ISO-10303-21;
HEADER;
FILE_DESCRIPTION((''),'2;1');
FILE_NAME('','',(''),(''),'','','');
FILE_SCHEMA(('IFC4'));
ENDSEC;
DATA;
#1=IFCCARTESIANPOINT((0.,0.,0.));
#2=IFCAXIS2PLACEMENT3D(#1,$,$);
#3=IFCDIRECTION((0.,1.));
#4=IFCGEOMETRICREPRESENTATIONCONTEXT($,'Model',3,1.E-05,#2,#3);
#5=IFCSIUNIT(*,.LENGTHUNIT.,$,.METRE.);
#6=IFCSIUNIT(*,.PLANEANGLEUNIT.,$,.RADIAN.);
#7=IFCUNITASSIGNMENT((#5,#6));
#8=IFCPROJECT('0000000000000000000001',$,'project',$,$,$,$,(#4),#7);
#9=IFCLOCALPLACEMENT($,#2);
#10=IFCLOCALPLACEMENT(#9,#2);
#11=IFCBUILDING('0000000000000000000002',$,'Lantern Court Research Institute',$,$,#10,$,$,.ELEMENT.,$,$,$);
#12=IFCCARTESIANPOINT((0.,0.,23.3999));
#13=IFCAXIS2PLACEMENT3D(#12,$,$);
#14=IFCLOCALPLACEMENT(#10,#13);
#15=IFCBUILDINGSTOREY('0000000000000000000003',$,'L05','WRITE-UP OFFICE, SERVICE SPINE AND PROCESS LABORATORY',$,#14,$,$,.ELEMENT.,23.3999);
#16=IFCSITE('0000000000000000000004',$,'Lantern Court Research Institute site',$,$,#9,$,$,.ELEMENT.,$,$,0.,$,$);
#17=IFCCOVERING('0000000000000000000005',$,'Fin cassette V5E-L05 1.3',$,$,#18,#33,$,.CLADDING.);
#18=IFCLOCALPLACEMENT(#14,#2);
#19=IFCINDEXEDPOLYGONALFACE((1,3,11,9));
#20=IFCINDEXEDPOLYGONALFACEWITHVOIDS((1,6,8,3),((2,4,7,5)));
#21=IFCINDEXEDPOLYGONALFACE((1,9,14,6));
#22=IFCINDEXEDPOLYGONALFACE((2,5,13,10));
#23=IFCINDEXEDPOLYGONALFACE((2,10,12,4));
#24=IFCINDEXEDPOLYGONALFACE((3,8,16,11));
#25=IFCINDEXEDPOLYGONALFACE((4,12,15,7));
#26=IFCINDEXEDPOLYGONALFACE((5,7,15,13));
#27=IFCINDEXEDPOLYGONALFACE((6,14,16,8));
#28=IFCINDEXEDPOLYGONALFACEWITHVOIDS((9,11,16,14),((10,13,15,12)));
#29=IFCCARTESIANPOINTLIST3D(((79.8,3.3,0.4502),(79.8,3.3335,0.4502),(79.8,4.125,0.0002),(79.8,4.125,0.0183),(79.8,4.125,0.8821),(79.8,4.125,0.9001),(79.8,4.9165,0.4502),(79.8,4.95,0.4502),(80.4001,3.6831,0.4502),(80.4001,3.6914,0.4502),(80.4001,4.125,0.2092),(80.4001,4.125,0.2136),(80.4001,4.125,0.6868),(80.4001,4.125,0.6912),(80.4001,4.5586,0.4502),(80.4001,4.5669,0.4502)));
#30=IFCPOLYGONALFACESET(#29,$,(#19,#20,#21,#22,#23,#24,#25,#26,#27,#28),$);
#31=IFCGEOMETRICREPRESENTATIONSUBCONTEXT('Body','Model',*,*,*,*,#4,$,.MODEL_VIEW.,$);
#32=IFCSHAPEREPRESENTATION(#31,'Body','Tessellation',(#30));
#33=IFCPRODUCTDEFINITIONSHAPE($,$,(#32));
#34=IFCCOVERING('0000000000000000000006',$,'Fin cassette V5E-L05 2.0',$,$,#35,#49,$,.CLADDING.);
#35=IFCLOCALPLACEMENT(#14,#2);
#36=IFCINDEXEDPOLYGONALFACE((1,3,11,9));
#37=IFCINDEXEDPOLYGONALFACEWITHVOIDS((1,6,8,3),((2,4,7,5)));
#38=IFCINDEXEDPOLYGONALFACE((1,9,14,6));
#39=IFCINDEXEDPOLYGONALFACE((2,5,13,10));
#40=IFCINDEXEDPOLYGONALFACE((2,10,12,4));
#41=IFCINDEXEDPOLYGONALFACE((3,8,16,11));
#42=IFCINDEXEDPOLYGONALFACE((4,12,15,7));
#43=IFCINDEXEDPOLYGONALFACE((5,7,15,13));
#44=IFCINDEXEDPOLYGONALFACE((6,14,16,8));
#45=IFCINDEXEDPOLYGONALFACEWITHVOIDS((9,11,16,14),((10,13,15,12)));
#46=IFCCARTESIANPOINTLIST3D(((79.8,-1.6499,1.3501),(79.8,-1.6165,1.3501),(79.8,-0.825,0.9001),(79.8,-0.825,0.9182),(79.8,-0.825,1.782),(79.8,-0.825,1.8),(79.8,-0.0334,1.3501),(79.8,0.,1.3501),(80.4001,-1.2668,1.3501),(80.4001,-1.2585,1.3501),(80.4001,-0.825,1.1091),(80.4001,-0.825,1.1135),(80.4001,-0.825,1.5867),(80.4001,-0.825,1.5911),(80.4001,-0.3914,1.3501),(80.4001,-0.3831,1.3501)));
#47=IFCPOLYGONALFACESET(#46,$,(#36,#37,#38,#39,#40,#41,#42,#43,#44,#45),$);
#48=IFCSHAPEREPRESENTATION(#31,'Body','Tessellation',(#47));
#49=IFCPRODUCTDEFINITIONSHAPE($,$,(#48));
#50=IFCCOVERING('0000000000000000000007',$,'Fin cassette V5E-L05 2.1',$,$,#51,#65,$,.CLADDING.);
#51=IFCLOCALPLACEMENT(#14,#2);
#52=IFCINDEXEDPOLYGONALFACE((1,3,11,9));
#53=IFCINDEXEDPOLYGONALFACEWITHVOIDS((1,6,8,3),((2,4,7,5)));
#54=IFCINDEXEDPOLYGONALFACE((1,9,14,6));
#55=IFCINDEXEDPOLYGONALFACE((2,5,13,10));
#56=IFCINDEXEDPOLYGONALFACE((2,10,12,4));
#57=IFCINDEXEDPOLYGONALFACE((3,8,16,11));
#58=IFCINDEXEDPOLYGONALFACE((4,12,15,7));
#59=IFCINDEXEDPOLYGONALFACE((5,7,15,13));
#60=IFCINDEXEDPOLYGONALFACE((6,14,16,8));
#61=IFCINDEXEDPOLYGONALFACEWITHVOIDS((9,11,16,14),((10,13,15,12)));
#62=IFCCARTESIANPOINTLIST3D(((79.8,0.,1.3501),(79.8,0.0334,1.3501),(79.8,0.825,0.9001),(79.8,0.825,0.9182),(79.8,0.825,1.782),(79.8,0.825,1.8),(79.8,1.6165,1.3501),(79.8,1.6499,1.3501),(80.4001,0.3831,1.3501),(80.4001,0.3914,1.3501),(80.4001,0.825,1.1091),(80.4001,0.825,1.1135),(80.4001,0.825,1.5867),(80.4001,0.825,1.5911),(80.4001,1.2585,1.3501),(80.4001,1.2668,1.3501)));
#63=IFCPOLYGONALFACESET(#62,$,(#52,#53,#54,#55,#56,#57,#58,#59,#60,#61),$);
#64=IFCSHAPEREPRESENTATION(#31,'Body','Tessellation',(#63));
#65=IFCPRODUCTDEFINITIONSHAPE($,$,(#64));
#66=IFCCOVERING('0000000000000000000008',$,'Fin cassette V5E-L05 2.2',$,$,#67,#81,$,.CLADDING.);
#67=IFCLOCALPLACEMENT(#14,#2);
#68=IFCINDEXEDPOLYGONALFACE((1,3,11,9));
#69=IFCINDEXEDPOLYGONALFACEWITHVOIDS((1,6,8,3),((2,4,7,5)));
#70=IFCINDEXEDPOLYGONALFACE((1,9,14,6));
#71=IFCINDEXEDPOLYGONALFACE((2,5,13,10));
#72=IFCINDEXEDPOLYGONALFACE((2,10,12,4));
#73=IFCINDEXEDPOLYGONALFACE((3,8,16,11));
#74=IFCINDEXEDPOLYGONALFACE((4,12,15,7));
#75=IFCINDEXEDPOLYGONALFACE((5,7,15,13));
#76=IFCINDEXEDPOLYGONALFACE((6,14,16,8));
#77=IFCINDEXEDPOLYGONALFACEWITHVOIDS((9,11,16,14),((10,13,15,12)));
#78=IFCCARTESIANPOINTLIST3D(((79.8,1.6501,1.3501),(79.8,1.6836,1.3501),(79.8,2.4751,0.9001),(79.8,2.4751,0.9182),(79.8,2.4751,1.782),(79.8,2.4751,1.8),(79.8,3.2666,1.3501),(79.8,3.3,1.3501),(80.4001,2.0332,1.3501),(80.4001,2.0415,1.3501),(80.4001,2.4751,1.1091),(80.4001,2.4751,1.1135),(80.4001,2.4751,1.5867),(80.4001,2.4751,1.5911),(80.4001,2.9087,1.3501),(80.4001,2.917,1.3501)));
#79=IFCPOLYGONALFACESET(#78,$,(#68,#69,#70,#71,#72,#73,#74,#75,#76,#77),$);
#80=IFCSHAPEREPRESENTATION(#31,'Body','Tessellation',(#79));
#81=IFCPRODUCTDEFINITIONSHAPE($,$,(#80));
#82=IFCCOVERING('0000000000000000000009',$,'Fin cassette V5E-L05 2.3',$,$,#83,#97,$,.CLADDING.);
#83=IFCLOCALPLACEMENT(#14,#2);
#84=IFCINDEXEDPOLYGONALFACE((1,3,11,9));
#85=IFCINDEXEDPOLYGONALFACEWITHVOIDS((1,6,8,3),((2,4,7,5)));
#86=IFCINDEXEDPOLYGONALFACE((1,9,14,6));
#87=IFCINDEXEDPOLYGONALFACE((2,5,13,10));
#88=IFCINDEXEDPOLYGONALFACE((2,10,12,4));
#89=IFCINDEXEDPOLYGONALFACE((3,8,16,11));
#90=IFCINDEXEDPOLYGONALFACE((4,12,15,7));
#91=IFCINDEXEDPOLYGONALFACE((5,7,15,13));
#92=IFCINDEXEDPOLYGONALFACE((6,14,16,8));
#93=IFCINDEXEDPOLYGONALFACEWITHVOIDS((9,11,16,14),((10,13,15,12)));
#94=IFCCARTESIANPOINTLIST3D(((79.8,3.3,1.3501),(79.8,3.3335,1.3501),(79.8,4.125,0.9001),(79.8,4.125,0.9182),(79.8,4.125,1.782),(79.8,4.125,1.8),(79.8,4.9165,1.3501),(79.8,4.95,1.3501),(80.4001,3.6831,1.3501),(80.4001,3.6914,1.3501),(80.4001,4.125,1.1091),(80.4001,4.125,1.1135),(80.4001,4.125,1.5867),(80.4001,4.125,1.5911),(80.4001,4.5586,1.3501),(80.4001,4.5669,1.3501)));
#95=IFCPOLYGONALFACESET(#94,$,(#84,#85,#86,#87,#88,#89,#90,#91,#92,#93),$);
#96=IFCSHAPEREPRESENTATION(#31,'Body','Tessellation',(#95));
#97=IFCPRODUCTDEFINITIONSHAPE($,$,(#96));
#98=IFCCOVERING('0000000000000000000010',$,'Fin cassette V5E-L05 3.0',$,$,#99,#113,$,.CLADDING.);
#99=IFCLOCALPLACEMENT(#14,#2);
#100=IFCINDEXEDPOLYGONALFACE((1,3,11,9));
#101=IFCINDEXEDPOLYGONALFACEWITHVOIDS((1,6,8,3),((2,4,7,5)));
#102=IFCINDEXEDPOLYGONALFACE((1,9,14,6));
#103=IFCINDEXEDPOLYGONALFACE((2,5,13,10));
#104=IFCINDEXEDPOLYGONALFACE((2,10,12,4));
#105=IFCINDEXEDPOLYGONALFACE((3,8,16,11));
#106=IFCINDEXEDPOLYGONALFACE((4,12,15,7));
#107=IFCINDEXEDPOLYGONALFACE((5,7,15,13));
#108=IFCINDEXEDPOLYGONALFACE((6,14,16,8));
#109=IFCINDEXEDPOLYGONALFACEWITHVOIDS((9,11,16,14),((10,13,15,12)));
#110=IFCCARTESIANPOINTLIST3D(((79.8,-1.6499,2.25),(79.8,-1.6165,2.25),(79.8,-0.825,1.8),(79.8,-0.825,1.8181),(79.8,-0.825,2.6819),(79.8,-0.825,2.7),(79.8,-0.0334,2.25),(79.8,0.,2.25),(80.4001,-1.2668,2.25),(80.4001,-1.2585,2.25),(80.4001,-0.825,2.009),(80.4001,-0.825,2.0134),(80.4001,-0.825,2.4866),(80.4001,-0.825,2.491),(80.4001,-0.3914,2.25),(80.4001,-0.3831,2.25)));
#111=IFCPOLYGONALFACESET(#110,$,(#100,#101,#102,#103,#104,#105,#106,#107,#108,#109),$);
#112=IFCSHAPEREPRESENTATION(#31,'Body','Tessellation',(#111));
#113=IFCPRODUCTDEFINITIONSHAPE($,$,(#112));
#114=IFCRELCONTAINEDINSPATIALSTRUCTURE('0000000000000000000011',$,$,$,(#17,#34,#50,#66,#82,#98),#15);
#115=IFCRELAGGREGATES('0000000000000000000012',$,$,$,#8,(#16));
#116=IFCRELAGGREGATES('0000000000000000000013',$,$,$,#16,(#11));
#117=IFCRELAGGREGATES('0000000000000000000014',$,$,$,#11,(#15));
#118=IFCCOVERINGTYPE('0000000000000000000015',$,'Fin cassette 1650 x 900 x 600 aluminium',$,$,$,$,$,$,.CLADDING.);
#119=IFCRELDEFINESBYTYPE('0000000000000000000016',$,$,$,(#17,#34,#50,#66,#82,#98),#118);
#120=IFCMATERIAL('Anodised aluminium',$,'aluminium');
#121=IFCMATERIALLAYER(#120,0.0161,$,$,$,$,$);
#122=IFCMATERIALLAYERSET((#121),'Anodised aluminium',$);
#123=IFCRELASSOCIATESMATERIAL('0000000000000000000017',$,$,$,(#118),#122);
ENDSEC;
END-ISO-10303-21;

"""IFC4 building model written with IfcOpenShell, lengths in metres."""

from ifc_helpers import new_model, entity, si_unit, direction, frame, origin, place, context, subcontext, project, spatial, material, layer, layer_set, type_object, element, save


model = new_model("IFC4")

# Units and contexts
model_context = context("Model", 3, precision=1e-05, world=origin(), true_north=direction((0.0, 1.0)))
body_context = subcontext(model_context, "Body", "Model", "MODEL_VIEW")
ifc_project = project(units=[si_unit("LENGTHUNIT", "METRE"), si_unit("PLANEANGLEUNIT", "RADIAN")], contexts=[model_context])

# Site, building, storey
site_placement = place(None, origin())
site = spatial("IfcSite", under=ifc_project, at=site_placement, Name="Lantern Court Research Institute site", CompositionType="ELEMENT", RefElevation=0.0)
building_placement = place(site_placement, origin())
building = spatial("IfcBuilding", under=site, at=building_placement, Name="Lantern Court Research Institute", CompositionType="ELEMENT")
storey_placement = place(building_placement, frame((0.0, 0.0, 23.3999)))
storey = spatial("IfcBuildingStorey", under=building, at=storey_placement, Name="L05", Description="WRITE-UP OFFICE, SERVICE SPINE AND PROCESS LABORATORY", CompositionType="ELEMENT", Elevation=23.3999)

# Coverings
ifc_material_1 = material(Name="Anodised aluminium", Category="aluminium")
ifc_layer_1 = layer(ifc_material_1, 0.0161)
ifc_layer_set_1 = layer_set([ifc_layer_1], Name="Anodised aluminium")
covering_type = type_object("IfcCoveringType", Name="Fin cassette 1650 x 900 x 600 aluminium", PredefinedType="CLADDING", material=ifc_layer_set_1)
covering_1_placement = place(storey_placement, frame((79.8, 4.125, 0.4502), z_axis=(1.0, 0.0, 0.0), x_axis=(0.0, 1.0, 0.0)))
cartesian_point_1 = entity("IfcCartesianPoint", [0.825, 0.0])
cartesian_point_2 = entity("IfcCartesianPoint", [0.7915, 0.0])
cartesian_point_3 = entity("IfcCartesianPoint", [0.4419, 0.0])
cartesian_point_4 = entity("IfcCartesianPoint", [0.4336, 0.0])
element("IfcCovering", 1, at=covering_1_placement, inside=storey, type_object=covering_type, Name="Fin cassette V5E-L05 1.3", PredefinedType="CLADDING", context=body_context, shape_type="SweptSolid", body=[
    entity("IfcExtrudedAreaSolidTapered", entity("IfcArbitraryProfileDefWithVoids", "AREA", None, entity("IfcPolyline", [cartesian_point_1, entity("IfcCartesianPoint", [0.0, 0.45]), entity("IfcCartesianPoint", [-0.825, 0.0]), entity("IfcCartesianPoint", [0.0, -0.45]), cartesian_point_1]), [entity("IfcPolyline", [cartesian_point_2, entity("IfcCartesianPoint", [0.0, 0.4319]), entity("IfcCartesianPoint", [-0.7915, 0.0]), entity("IfcCartesianPoint", [0.0, -0.4319]), cartesian_point_2])]), entity("IfcAxis2Placement3D", entity("IfcCartesianPoint", [0.0, 0.0, 0.0])), entity("IfcDirection", [0.0, 0.0, 1.0]), 0.6001, entity("IfcArbitraryProfileDefWithVoids", "AREA", None, entity("IfcPolyline", [cartesian_point_3, entity("IfcCartesianPoint", [0.0, 0.241]), entity("IfcCartesianPoint", [-0.4419, 0.0]), entity("IfcCartesianPoint", [0.0, -0.241]), cartesian_point_3]), [entity("IfcPolyline", [cartesian_point_4, entity("IfcCartesianPoint", [0.0, 0.2366]), entity("IfcCartesianPoint", [-0.4336, 0.0]), entity("IfcCartesianPoint", [0.0, -0.2366]), cartesian_point_4])])),
])
covering_2_placement = place(storey_placement, frame((79.8, -0.825, 1.3501), z_axis=(1.0, 0.0, 0.0), x_axis=(0.0, 1.0, 0.0)))
cartesian_point_5 = entity("IfcCartesianPoint", [0.825, 0.0])
cartesian_point_6 = entity("IfcCartesianPoint", [0.7915, 0.0])
cartesian_point_7 = entity("IfcCartesianPoint", [0.4419, 0.0])
cartesian_point_8 = entity("IfcCartesianPoint", [0.4336, 0.0])
element("IfcCovering", 2, at=covering_2_placement, inside=storey, type_object=covering_type, Name="Fin cassette V5E-L05 2.0", PredefinedType="CLADDING", context=body_context, shape_type="SweptSolid", body=[
    entity("IfcExtrudedAreaSolidTapered", entity("IfcArbitraryProfileDefWithVoids", "AREA", None, entity("IfcPolyline", [cartesian_point_5, entity("IfcCartesianPoint", [0.0, 0.45]), entity("IfcCartesianPoint", [-0.825, 0.0]), entity("IfcCartesianPoint", [0.0, -0.45]), cartesian_point_5]), [entity("IfcPolyline", [cartesian_point_6, entity("IfcCartesianPoint", [0.0, 0.4319]), entity("IfcCartesianPoint", [-0.7915, 0.0]), entity("IfcCartesianPoint", [0.0, -0.4319]), cartesian_point_6])]), entity("IfcAxis2Placement3D", entity("IfcCartesianPoint", [0.0, 0.0, 0.0])), entity("IfcDirection", [0.0, 0.0, 1.0]), 0.6001, entity("IfcArbitraryProfileDefWithVoids", "AREA", None, entity("IfcPolyline", [cartesian_point_7, entity("IfcCartesianPoint", [0.0, 0.241]), entity("IfcCartesianPoint", [-0.4419, 0.0]), entity("IfcCartesianPoint", [0.0, -0.241]), cartesian_point_7]), [entity("IfcPolyline", [cartesian_point_8, entity("IfcCartesianPoint", [0.0, 0.2366]), entity("IfcCartesianPoint", [-0.4336, 0.0]), entity("IfcCartesianPoint", [0.0, -0.2366]), cartesian_point_8])])),
])
covering_3_placement = place(storey_placement, frame((79.8, 0.825, 1.3501), z_axis=(1.0, 0.0, 0.0), x_axis=(0.0, 1.0, 0.0)))
cartesian_point_9 = entity("IfcCartesianPoint", [0.825, 0.0])
cartesian_point_10 = entity("IfcCartesianPoint", [0.7915, 0.0])
cartesian_point_11 = entity("IfcCartesianPoint", [0.4419, 0.0])
cartesian_point_12 = entity("IfcCartesianPoint", [0.4336, 0.0])
element("IfcCovering", 3, at=covering_3_placement, inside=storey, type_object=covering_type, Name="Fin cassette V5E-L05 2.1", PredefinedType="CLADDING", context=body_context, shape_type="SweptSolid", body=[
    entity("IfcExtrudedAreaSolidTapered", entity("IfcArbitraryProfileDefWithVoids", "AREA", None, entity("IfcPolyline", [cartesian_point_9, entity("IfcCartesianPoint", [0.0, 0.45]), entity("IfcCartesianPoint", [-0.825, 0.0]), entity("IfcCartesianPoint", [0.0, -0.45]), cartesian_point_9]), [entity("IfcPolyline", [cartesian_point_10, entity("IfcCartesianPoint", [0.0, 0.4319]), entity("IfcCartesianPoint", [-0.7915, 0.0]), entity("IfcCartesianPoint", [0.0, -0.4319]), cartesian_point_10])]), entity("IfcAxis2Placement3D", entity("IfcCartesianPoint", [0.0, 0.0, 0.0])), entity("IfcDirection", [0.0, 0.0, 1.0]), 0.6001, entity("IfcArbitraryProfileDefWithVoids", "AREA", None, entity("IfcPolyline", [cartesian_point_11, entity("IfcCartesianPoint", [0.0, 0.241]), entity("IfcCartesianPoint", [-0.4419, 0.0]), entity("IfcCartesianPoint", [0.0, -0.241]), cartesian_point_11]), [entity("IfcPolyline", [cartesian_point_12, entity("IfcCartesianPoint", [0.0, 0.2366]), entity("IfcCartesianPoint", [-0.4336, 0.0]), entity("IfcCartesianPoint", [0.0, -0.2366]), cartesian_point_12])])),
])
covering_4_placement = place(storey_placement, frame((79.8, 2.4751, 1.3501), z_axis=(1.0, 0.0, 0.0), x_axis=(0.0, 1.0, 0.0)))
cartesian_point_13 = entity("IfcCartesianPoint", [0.825, 0.0])
cartesian_point_14 = entity("IfcCartesianPoint", [0.7915, 0.0])
cartesian_point_15 = entity("IfcCartesianPoint", [0.4419, 0.0])
cartesian_point_16 = entity("IfcCartesianPoint", [0.4336, 0.0])
element("IfcCovering", 4, at=covering_4_placement, inside=storey, type_object=covering_type, Name="Fin cassette V5E-L05 2.2", PredefinedType="CLADDING", context=body_context, shape_type="SweptSolid", body=[
    entity("IfcExtrudedAreaSolidTapered", entity("IfcArbitraryProfileDefWithVoids", "AREA", None, entity("IfcPolyline", [cartesian_point_13, entity("IfcCartesianPoint", [0.0, 0.45]), entity("IfcCartesianPoint", [-0.825, 0.0]), entity("IfcCartesianPoint", [0.0, -0.45]), cartesian_point_13]), [entity("IfcPolyline", [cartesian_point_14, entity("IfcCartesianPoint", [0.0, 0.4319]), entity("IfcCartesianPoint", [-0.7915, 0.0]), entity("IfcCartesianPoint", [0.0, -0.4319]), cartesian_point_14])]), entity("IfcAxis2Placement3D", entity("IfcCartesianPoint", [0.0, 0.0, 0.0])), entity("IfcDirection", [0.0, 0.0, 1.0]), 0.6001, entity("IfcArbitraryProfileDefWithVoids", "AREA", None, entity("IfcPolyline", [cartesian_point_15, entity("IfcCartesianPoint", [0.0, 0.241]), entity("IfcCartesianPoint", [-0.4419, 0.0]), entity("IfcCartesianPoint", [0.0, -0.241]), cartesian_point_15]), [entity("IfcPolyline", [cartesian_point_16, entity("IfcCartesianPoint", [0.0, 0.2366]), entity("IfcCartesianPoint", [-0.4336, 0.0]), entity("IfcCartesianPoint", [0.0, -0.2366]), cartesian_point_16])])),
])
covering_5_placement = place(storey_placement, frame((79.8, 4.125, 1.3501), z_axis=(1.0, 0.0, 0.0), x_axis=(0.0, 1.0, 0.0)))
cartesian_point_17 = entity("IfcCartesianPoint", [0.825, 0.0])
cartesian_point_18 = entity("IfcCartesianPoint", [0.7915, 0.0])
cartesian_point_19 = entity("IfcCartesianPoint", [0.4419, 0.0])
cartesian_point_20 = entity("IfcCartesianPoint", [0.4336, 0.0])
element("IfcCovering", 5, at=covering_5_placement, inside=storey, type_object=covering_type, Name="Fin cassette V5E-L05 2.3", PredefinedType="CLADDING", context=body_context, shape_type="SweptSolid", body=[
    entity("IfcExtrudedAreaSolidTapered", entity("IfcArbitraryProfileDefWithVoids", "AREA", None, entity("IfcPolyline", [cartesian_point_17, entity("IfcCartesianPoint", [0.0, 0.45]), entity("IfcCartesianPoint", [-0.825, 0.0]), entity("IfcCartesianPoint", [0.0, -0.45]), cartesian_point_17]), [entity("IfcPolyline", [cartesian_point_18, entity("IfcCartesianPoint", [0.0, 0.4319]), entity("IfcCartesianPoint", [-0.7915, 0.0]), entity("IfcCartesianPoint", [0.0, -0.4319]), cartesian_point_18])]), entity("IfcAxis2Placement3D", entity("IfcCartesianPoint", [0.0, 0.0, 0.0])), entity("IfcDirection", [0.0, 0.0, 1.0]), 0.6001, entity("IfcArbitraryProfileDefWithVoids", "AREA", None, entity("IfcPolyline", [cartesian_point_19, entity("IfcCartesianPoint", [0.0, 0.241]), entity("IfcCartesianPoint", [-0.4419, 0.0]), entity("IfcCartesianPoint", [0.0, -0.241]), cartesian_point_19]), [entity("IfcPolyline", [cartesian_point_20, entity("IfcCartesianPoint", [0.0, 0.2366]), entity("IfcCartesianPoint", [-0.4336, 0.0]), entity("IfcCartesianPoint", [0.0, -0.2366]), cartesian_point_20])])),
])
covering_6_placement = place(storey_placement, frame((79.8, -0.825, 2.25), z_axis=(1.0, 0.0, 0.0), x_axis=(0.0, 1.0, 0.0)))
cartesian_point_21 = entity("IfcCartesianPoint", [0.825, 0.0])
cartesian_point_22 = entity("IfcCartesianPoint", [0.7915, 0.0])
cartesian_point_23 = entity("IfcCartesianPoint", [0.4419, 0.0])
cartesian_point_24 = entity("IfcCartesianPoint", [0.4336, 0.0])
element("IfcCovering", 6, at=covering_6_placement, inside=storey, type_object=covering_type, Name="Fin cassette V5E-L05 3.0", PredefinedType="CLADDING", context=body_context, shape_type="SweptSolid", body=[
    entity("IfcExtrudedAreaSolidTapered", entity("IfcArbitraryProfileDefWithVoids", "AREA", None, entity("IfcPolyline", [cartesian_point_21, entity("IfcCartesianPoint", [0.0, 0.45]), entity("IfcCartesianPoint", [-0.825, 0.0]), entity("IfcCartesianPoint", [0.0, -0.45]), cartesian_point_21]), [entity("IfcPolyline", [cartesian_point_22, entity("IfcCartesianPoint", [0.0, 0.4319]), entity("IfcCartesianPoint", [-0.7915, 0.0]), entity("IfcCartesianPoint", [0.0, -0.4319]), cartesian_point_22])]), entity("IfcAxis2Placement3D", entity("IfcCartesianPoint", [0.0, 0.0, 0.0])), entity("IfcDirection", [0.0, 0.0, 1.0]), 0.6001, entity("IfcArbitraryProfileDefWithVoids", "AREA", None, entity("IfcPolyline", [cartesian_point_23, entity("IfcCartesianPoint", [0.0, 0.241]), entity("IfcCartesianPoint", [-0.4419, 0.0]), entity("IfcCartesianPoint", [0.0, -0.241]), cartesian_point_23]), [entity("IfcPolyline", [cartesian_point_24, entity("IfcCartesianPoint", [0.0, 0.2366]), entity("IfcCartesianPoint", [-0.4336, 0.0]), entity("IfcCartesianPoint", [0.0, -0.2366]), cartesian_point_24])])),
])

save(model, "model.ifc")
